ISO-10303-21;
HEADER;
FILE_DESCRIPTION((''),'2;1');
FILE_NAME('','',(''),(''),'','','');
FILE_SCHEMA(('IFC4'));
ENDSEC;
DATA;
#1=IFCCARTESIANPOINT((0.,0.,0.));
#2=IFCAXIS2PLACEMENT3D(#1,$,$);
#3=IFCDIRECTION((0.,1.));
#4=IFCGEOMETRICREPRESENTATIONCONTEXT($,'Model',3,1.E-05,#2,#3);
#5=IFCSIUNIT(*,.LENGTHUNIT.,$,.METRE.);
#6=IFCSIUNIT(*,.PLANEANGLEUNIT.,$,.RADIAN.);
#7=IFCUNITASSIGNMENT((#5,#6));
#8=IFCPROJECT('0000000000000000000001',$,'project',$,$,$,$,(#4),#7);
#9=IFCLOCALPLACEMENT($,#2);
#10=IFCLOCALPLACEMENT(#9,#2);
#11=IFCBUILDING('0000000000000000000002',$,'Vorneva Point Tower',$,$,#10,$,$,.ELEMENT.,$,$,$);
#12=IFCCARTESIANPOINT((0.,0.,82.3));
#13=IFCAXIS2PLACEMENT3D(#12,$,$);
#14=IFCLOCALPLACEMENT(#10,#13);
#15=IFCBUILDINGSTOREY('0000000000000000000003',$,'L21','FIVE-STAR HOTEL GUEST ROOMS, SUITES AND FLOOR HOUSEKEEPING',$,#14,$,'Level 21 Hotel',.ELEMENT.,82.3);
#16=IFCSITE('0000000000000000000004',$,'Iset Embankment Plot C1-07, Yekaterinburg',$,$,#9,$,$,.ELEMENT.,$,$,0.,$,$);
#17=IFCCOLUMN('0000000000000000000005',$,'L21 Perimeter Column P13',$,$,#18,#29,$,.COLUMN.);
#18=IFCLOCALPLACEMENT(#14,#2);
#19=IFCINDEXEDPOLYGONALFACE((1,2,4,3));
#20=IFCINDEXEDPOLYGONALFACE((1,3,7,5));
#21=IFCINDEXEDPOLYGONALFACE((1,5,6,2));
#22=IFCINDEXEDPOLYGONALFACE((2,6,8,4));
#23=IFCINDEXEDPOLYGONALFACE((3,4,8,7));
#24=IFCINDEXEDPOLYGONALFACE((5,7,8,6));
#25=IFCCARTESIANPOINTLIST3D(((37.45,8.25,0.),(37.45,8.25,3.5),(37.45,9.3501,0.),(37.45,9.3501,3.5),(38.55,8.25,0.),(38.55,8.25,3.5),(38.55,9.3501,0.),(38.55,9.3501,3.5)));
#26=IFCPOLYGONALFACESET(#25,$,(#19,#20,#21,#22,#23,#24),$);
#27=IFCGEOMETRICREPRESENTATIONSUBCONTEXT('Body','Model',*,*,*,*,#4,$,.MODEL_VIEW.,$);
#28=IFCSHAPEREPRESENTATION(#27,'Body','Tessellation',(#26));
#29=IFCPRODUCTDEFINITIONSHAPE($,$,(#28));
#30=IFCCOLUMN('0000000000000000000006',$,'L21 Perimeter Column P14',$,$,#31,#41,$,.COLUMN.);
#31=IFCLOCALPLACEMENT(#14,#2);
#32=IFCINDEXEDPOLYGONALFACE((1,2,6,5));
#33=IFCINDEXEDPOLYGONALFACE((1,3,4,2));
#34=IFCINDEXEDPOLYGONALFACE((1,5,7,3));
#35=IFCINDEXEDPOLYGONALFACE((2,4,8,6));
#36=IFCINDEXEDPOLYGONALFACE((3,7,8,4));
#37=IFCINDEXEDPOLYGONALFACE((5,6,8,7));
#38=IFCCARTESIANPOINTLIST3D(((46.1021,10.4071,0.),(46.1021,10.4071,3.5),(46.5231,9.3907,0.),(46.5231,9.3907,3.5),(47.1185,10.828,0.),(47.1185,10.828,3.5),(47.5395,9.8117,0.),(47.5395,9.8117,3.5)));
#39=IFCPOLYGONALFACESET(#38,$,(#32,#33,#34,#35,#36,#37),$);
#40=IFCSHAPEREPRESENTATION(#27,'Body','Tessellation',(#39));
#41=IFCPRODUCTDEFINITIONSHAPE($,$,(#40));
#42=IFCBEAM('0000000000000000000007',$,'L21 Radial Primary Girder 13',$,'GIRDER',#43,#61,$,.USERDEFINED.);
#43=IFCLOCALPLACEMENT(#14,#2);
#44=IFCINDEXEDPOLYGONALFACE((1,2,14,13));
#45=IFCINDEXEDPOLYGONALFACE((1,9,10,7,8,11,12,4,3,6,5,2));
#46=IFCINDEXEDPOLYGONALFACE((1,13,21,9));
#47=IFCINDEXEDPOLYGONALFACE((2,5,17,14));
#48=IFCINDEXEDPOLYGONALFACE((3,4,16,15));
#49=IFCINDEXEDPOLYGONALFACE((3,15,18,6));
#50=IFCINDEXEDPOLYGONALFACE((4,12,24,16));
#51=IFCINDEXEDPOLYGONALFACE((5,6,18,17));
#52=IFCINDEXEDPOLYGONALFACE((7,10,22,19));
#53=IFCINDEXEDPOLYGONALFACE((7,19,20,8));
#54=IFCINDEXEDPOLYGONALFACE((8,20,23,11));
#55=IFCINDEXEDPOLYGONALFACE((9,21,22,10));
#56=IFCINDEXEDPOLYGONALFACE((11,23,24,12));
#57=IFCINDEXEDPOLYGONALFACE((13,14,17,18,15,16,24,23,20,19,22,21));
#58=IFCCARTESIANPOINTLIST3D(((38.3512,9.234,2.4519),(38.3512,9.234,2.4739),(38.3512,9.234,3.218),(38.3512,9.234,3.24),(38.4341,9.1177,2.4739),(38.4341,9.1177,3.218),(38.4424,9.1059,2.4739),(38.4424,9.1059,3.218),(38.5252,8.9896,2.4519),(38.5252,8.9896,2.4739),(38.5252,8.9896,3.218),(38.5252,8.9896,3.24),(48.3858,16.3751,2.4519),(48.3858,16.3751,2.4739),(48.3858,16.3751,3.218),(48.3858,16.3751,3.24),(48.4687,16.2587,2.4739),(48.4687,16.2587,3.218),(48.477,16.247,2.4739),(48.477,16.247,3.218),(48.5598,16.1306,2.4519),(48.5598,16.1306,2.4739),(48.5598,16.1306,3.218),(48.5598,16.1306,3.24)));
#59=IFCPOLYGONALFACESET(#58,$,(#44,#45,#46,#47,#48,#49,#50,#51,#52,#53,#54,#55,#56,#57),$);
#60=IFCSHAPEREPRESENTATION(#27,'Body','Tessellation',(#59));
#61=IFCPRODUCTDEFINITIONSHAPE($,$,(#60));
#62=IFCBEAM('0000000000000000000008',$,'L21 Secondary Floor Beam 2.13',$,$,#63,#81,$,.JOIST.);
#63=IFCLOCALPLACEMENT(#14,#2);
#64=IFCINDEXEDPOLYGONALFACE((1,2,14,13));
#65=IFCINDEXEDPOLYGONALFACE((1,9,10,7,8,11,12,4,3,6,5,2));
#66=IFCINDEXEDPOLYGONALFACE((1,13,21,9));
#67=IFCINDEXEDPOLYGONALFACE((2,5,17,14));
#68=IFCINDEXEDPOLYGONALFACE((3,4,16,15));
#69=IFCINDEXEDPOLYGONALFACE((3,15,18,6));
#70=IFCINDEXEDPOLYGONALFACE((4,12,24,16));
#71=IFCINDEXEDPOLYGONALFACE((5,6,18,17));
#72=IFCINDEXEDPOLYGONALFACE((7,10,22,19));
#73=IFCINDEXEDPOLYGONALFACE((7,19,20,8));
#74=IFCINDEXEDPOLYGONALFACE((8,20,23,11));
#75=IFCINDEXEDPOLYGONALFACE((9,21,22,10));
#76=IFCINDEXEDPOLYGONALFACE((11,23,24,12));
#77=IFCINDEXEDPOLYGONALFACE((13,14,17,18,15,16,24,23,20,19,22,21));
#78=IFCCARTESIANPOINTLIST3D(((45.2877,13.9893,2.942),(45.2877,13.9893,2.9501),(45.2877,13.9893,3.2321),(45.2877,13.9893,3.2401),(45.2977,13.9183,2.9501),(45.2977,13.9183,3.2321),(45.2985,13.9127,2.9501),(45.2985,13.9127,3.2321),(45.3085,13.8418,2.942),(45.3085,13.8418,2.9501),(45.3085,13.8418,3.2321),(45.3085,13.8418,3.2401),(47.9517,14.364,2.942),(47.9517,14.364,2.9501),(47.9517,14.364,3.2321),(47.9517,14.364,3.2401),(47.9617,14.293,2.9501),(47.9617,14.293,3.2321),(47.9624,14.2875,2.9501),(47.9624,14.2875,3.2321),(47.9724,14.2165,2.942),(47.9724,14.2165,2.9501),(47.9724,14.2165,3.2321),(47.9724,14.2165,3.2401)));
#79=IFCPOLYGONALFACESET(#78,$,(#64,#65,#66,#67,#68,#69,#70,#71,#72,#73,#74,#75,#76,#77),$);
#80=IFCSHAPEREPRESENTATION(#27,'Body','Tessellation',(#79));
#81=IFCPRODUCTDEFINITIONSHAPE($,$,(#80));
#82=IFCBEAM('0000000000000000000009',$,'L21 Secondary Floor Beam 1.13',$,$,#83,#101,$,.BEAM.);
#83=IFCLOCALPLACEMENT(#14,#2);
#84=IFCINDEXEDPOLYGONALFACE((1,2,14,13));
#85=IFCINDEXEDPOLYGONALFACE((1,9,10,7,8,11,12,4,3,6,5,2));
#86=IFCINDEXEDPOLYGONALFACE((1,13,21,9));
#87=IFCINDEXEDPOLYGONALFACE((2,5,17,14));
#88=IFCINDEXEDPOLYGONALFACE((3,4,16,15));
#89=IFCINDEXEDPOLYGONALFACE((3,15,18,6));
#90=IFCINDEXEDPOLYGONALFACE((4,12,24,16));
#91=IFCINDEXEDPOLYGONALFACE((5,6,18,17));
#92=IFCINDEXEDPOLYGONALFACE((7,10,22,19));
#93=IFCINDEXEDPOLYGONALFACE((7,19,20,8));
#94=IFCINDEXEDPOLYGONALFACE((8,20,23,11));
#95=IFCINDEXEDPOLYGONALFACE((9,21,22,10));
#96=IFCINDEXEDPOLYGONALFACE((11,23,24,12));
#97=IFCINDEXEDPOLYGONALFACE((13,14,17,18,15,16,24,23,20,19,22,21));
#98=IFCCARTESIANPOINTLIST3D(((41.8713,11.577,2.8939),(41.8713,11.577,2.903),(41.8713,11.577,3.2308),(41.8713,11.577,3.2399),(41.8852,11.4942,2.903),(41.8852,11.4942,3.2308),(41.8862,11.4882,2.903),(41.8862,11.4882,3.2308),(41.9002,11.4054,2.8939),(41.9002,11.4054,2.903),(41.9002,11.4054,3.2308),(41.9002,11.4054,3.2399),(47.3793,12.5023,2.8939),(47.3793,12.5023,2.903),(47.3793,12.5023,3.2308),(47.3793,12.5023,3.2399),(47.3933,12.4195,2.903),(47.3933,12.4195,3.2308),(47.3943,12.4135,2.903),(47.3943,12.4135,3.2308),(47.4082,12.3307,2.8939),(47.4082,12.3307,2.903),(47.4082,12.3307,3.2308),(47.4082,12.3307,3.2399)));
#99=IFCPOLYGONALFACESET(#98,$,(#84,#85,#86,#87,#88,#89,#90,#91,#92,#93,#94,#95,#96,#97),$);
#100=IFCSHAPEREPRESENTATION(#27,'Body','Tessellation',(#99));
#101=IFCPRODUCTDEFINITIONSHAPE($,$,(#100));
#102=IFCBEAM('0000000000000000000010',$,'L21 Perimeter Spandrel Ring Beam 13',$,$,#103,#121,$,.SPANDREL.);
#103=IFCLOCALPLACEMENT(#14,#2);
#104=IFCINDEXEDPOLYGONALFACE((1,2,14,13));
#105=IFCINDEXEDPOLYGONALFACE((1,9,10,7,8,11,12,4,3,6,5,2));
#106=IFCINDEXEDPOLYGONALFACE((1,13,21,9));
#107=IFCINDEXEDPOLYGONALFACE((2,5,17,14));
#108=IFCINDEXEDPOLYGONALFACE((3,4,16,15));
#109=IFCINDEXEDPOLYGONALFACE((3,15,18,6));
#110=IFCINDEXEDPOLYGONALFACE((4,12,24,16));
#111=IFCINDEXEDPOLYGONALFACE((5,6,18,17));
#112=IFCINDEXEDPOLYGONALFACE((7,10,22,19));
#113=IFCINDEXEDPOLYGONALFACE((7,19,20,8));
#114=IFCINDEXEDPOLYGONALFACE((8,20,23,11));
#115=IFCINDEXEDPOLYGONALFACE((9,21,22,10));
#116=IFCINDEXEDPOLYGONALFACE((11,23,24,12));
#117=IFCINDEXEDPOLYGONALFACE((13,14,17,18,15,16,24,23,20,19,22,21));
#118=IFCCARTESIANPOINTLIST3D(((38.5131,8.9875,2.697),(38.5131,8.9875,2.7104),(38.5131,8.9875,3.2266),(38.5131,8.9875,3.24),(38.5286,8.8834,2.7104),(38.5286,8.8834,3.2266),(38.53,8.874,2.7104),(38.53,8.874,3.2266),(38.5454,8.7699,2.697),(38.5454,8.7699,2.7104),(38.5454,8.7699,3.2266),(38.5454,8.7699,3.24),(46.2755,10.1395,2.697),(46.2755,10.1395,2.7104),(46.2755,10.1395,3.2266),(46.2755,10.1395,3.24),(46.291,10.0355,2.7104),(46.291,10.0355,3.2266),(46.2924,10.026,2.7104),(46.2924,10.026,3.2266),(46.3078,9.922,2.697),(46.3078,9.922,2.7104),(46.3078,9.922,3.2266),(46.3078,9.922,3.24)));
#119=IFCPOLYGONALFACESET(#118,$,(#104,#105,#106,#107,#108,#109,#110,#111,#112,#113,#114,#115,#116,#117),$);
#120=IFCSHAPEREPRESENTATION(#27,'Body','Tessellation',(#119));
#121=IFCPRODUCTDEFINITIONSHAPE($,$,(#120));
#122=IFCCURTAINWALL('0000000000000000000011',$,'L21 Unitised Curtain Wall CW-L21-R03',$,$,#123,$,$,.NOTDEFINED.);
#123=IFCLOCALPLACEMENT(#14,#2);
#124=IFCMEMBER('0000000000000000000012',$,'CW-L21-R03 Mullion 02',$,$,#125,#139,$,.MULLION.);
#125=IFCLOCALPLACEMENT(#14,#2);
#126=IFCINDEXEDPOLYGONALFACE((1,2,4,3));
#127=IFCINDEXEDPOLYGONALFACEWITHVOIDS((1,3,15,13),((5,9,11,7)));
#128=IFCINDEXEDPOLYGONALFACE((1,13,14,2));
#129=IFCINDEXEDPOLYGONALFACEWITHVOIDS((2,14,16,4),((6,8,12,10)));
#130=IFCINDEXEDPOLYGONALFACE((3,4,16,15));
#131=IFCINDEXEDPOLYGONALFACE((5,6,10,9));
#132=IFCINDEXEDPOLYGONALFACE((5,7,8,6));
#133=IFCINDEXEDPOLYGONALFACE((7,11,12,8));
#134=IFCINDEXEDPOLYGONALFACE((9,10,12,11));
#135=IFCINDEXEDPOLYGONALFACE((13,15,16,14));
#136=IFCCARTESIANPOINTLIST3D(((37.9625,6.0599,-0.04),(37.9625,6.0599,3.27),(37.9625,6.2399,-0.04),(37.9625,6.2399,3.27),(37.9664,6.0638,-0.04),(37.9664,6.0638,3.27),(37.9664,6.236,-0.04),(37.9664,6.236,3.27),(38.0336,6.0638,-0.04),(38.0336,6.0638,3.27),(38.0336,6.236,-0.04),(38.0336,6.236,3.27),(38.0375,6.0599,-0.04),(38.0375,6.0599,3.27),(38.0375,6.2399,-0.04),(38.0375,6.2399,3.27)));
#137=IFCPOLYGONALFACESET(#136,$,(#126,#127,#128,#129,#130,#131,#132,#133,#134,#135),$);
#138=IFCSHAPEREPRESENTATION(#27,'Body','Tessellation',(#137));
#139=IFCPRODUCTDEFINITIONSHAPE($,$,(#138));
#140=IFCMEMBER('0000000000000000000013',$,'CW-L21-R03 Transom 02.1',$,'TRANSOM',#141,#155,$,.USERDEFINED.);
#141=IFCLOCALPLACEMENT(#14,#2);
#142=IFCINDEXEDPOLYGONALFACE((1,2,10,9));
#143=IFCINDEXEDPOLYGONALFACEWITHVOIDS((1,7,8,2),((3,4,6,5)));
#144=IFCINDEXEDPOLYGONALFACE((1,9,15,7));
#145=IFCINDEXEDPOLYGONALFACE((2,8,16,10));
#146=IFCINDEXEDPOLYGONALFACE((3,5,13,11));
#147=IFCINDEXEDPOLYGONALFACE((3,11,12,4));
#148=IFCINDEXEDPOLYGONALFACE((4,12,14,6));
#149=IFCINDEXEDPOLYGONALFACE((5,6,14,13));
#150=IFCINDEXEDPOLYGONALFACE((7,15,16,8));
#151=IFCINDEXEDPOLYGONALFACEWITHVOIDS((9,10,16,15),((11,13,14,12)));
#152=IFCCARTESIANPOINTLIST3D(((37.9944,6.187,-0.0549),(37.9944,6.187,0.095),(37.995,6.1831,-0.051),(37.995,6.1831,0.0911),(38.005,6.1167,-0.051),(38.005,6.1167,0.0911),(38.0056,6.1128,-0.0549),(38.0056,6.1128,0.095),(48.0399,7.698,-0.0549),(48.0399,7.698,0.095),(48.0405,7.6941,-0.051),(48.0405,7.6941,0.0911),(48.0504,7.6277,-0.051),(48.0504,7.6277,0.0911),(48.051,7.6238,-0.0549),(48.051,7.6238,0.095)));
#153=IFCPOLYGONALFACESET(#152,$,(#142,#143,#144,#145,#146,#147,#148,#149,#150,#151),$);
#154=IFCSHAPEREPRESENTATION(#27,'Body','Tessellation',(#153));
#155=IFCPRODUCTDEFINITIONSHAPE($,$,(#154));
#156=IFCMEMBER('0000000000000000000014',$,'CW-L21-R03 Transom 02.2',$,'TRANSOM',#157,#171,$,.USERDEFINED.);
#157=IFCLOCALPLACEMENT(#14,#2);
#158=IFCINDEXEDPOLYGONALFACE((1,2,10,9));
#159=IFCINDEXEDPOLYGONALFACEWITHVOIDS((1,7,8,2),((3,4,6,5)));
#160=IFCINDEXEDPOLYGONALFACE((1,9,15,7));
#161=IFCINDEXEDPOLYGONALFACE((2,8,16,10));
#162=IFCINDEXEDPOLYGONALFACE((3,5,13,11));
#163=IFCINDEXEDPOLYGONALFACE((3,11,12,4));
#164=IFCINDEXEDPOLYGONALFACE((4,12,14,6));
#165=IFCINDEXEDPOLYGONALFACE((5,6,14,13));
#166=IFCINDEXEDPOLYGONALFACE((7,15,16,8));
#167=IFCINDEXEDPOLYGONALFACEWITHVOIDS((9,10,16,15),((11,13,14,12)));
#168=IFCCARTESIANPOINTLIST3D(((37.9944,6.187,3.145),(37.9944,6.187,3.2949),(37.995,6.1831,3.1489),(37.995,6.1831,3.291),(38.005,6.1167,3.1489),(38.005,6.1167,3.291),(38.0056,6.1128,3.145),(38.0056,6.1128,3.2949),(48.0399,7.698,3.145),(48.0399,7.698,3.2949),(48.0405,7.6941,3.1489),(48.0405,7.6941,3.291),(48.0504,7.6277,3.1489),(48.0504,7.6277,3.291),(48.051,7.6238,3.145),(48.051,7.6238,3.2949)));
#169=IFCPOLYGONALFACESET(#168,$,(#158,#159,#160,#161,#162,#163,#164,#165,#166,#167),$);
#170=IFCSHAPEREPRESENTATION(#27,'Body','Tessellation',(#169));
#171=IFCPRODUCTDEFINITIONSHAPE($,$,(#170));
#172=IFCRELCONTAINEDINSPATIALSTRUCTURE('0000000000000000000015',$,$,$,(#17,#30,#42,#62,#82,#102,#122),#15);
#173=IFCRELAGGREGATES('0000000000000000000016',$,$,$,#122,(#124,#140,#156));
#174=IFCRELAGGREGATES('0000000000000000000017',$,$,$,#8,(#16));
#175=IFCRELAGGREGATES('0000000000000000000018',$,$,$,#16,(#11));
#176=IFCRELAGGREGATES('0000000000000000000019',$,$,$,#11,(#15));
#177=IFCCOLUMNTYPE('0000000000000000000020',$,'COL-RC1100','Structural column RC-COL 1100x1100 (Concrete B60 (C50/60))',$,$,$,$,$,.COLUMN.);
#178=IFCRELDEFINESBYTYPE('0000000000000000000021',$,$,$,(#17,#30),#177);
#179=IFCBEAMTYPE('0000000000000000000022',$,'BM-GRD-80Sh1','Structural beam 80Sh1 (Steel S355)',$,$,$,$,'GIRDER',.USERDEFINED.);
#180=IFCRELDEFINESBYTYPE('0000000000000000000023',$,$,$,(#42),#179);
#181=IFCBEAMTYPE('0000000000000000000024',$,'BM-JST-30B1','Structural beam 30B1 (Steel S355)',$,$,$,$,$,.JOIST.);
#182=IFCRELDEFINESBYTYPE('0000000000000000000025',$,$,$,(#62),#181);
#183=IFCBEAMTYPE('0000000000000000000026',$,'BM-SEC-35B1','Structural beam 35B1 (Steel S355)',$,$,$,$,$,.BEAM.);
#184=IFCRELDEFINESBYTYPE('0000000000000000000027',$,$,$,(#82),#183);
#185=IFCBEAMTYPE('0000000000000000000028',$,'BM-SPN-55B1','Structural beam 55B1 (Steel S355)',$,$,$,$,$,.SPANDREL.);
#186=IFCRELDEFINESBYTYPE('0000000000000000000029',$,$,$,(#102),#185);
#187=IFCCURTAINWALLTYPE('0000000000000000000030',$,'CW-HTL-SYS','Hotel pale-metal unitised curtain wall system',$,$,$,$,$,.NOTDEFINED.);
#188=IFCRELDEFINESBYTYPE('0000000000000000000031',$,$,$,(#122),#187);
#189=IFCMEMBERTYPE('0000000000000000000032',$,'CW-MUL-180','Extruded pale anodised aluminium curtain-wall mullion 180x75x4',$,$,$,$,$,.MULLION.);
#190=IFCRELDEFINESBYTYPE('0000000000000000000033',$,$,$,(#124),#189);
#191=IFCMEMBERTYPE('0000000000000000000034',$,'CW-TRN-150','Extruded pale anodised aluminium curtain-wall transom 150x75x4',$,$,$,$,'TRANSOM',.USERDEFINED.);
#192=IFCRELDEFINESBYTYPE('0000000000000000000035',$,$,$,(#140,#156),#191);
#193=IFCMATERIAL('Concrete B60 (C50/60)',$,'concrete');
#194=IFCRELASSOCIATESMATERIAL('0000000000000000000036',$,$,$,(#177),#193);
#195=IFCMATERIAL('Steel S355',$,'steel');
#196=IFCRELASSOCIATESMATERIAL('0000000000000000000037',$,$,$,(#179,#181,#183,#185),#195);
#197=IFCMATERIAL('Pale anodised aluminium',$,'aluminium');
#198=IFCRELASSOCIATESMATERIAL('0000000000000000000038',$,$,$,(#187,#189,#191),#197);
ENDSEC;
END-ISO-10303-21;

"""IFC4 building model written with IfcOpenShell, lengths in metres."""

from ifc_helpers import new_model, si_unit, direction, frame, origin, origin_2d, place, context, subcontext, project, spatial, rectangle, hollow_rectangle, i_section, extrude, material, material_profile, profile_set, type_object, element, aggregate, save


model = new_model("IFC4")

# Units and contexts
model_context = context("Model", 3, precision=1e-05, world=origin(), true_north=direction((0.0, 1.0)))
body_context = subcontext(model_context, "Body", "Model", "MODEL_VIEW")
ifc_project = project(units=[si_unit("LENGTHUNIT", "METRE"), si_unit("PLANEANGLEUNIT", "RADIAN")], contexts=[model_context])

# Site, building, storey
site_placement = place(None, origin())
site = spatial("IfcSite", under=ifc_project, at=site_placement, Name="Iset Embankment Plot C1-07, Yekaterinburg", CompositionType="ELEMENT", RefElevation=0.0)
building_placement = place(site_placement, origin())
building = spatial("IfcBuilding", under=site, at=building_placement, Name="Vorneva Point Tower", CompositionType="ELEMENT")
storey_placement = place(building_placement, frame((0.0, 0.0, 82.3)))
storey = spatial("IfcBuildingStorey", under=building, at=storey_placement, Name="L21", Description="FIVE-STAR HOTEL GUEST ROOMS, SUITES AND FLOOR HOUSEKEEPING", LongName="Level 21 Hotel", CompositionType="ELEMENT", Elevation=82.3)

# Columns
ifc_material_1 = material(Name="Concrete B60 (C50/60)", Category="concrete")
ifc_material_profile_1 = material_profile(ifc_material_1, rectangle(XDim=1.1001, YDim=1.1001, at=origin_2d()), Name="RC-COL 1100x1100")
ifc_profile_set_1 = profile_set([ifc_material_profile_1], Name="Concrete B60 (C50/60)")
column_type = type_object("IfcColumnType", Name="COL-RC1100", Description="Structural column RC-COL 1100x1100 (Concrete B60 (C50/60))", PredefinedType="COLUMN", material=ifc_profile_set_1)
for number, where, z_axis, x_axis, name in (
    (1, (38.0, 8.8, 0.0), (0.0, 0.0, 1.0), (0.0, -1.0, 0.0), "L21 Perimeter Column P13"),
    (2, (46.8208, 10.1094, 0.0), (0.0, 0.0, 1.0), (0.382683, -0.92388, 0.0), "L21 Perimeter Column P14"),
):
    element("IfcColumn", number, at=place(storey_placement, frame(where, z_axis=z_axis, x_axis=x_axis)), inside=storey, type_object=column_type, Name=name, PredefinedType="COLUMN", context=body_context, shape_type="SweptSolid", body=[
        extrude(rectangle(XDim=1.1001, YDim=1.1001, at=origin_2d()), origin(), (0.0, 0.0, 1.0), 3.5),
    ])

# Beams
ifc_material_2 = material(Name="Steel S355", Category="steel")
ifc_material_profile_2 = material_profile(ifc_material_2, i_section(OverallWidth=0.3, OverallDepth=0.7881, WebThickness=0.0144, FlangeThickness=0.022, at=origin_2d()), Name="80Sh1")
ifc_profile_set_2 = profile_set([ifc_material_profile_2], Name="Steel S355")
beam_type_1 = type_object("IfcBeamType", Name="BM-GRD-80Sh1", Description="Structural beam 80Sh1 (Steel S355)", ElementType="GIRDER", PredefinedType="USERDEFINED", material=ifc_profile_set_2)
beam_1_placement = place(storey_placement, frame((38.4382, 9.1118, 2.8459), z_axis=(0.81475, 0.579812, 0.0), x_axis=(-0.579812, 0.81475, 0.0)))
element("IfcBeam", 3, at=beam_1_placement, inside=storey, type_object=beam_type_1, Name="L21 Radial Primary Girder 13", ObjectType="GIRDER", PredefinedType="USERDEFINED", context=body_context, shape_type="SweptSolid", body=[
    extrude(i_section(OverallWidth=0.3, OverallDepth=0.7881, WebThickness=0.0144, FlangeThickness=0.022, at=origin_2d()), origin(), (0.0, 0.0, 1.0), 12.3162),
])
ifc_material_profile_3 = material_profile(ifc_material_2, i_section(OverallWidth=0.1489, OverallDepth=0.2981, WebThickness=0.0056, FlangeThickness=0.0081, at=origin_2d()), Name="30B1")
ifc_profile_set_3 = profile_set([ifc_material_profile_3], Name="Steel S355")
beam_type_2 = type_object("IfcBeamType", Name="BM-JST-30B1", Description="Structural beam 30B1 (Steel S355)", PredefinedType="JOIST", material=ifc_profile_set_3)
beam_2_placement = place(storey_placement, frame((45.2981, 13.9155, 3.0911), z_axis=(0.99025, 0.139299, 0.0), x_axis=(-0.139299, 0.99025, 0.0)))
element("IfcBeam", 4, at=beam_2_placement, inside=storey, type_object=beam_type_2, Name="L21 Secondary Floor Beam 2.13", PredefinedType="JOIST", context=body_context, shape_type="SweptSolid", body=[
    extrude(i_section(OverallWidth=0.1489, OverallDepth=0.2981, WebThickness=0.0056, FlangeThickness=0.0081, at=origin_2d()), origin(), (0.0, 0.0, 1.0), 2.6902),
])
ifc_material_profile_4 = material_profile(ifc_material_2, i_section(OverallWidth=0.1741, OverallDepth=0.3459, WebThickness=0.0061, FlangeThickness=0.009, at=origin_2d()), Name="35B1")
ifc_profile_set_4 = profile_set([ifc_material_profile_4], Name="Steel S355")
beam_type_3 = type_object("IfcBeamType", Name="BM-SEC-35B1", Description="Structural beam 35B1 (Steel S355)", PredefinedType="BEAM", material=ifc_profile_set_4)
beam_3_placement = place(storey_placement, frame((41.8857, 11.4912, 3.0669), z_axis=(0.986182, 0.165668, 0.0), x_axis=(-0.165668, 0.986182, 0.0)))
element("IfcBeam", 5, at=beam_3_placement, inside=storey, type_object=beam_type_3, Name="L21 Secondary Floor Beam 1.13", PredefinedType="BEAM", context=body_context, shape_type="SweptSolid", body=[
    extrude(i_section(OverallWidth=0.1741, OverallDepth=0.3459, WebThickness=0.0061, FlangeThickness=0.009, at=origin_2d()), origin(), (0.0, 0.0, 1.0), 5.5852),
])
ifc_material_profile_5 = material_profile(ifc_material_2, i_section(OverallWidth=0.22, OverallDepth=0.543, WebThickness=0.0095, FlangeThickness=0.0134, at=origin_2d()), Name="55B1")
ifc_profile_set_5 = profile_set([ifc_material_profile_5], Name="Steel S355")
beam_type_4 = type_object("IfcBeamType", Name="BM-SPN-55B1", Description="Structural beam 55B1 (Steel S355)", PredefinedType="SPANDREL", material=ifc_profile_set_5)
beam_4_placement = place(storey_placement, frame((38.5293, 8.8787, 2.9685), z_axis=(0.989165, 0.146811, 0.0), x_axis=(-0.146811, 0.989165, 0.0)))
element("IfcBeam", 6, at=beam_4_placement, inside=storey, type_object=beam_type_4, Name="L21 Perimeter Spandrel Ring Beam 13", PredefinedType="SPANDREL", context=body_context, shape_type="SweptSolid", body=[
    extrude(i_section(OverallWidth=0.22, OverallDepth=0.543, WebThickness=0.0095, FlangeThickness=0.0134, at=origin_2d()), origin(), (0.0, 0.0, 1.0), 7.8474),
])

# Curtain wall, members
ifc_material_3 = material(Name="Pale anodised aluminium", Category="aluminium")
curtain_wall_type = type_object("IfcCurtainWallType", Name="CW-HTL-SYS", Description="Hotel pale-metal unitised curtain wall system", PredefinedType="NOTDEFINED", material=ifc_material_3)
curtain_wall_placement = place(storey_placement, origin())
curtain_wall = element("IfcCurtainWall", 7, at=curtain_wall_placement, inside=storey, type_object=curtain_wall_type, Name="L21 Unitised Curtain Wall CW-L21-R03", PredefinedType="NOTDEFINED")
ifc_material_profile_6 = material_profile(ifc_material_3, hollow_rectangle(XDim=0.075, YDim=0.1799, WallThickness=0.0039, at=origin_2d()), Name="AL-MUL 180x75x4")
ifc_profile_set_6 = profile_set([ifc_material_profile_6], Name="Pale anodised aluminium")
member_type_1 = type_object("IfcMemberType", Name="CW-MUL-180", Description="Extruded pale anodised aluminium curtain-wall mullion 180x75x4", PredefinedType="MULLION", material=ifc_profile_set_6)
member_1_placement = place(storey_placement, frame((38.0, 6.1499, -0.04), z_axis=(0.0, 0.0, 1.0), x_axis=(1.0, 0.0, 0.0)))
member_1 = element("IfcMember", 8, at=member_1_placement, type_object=member_type_1, Name="CW-L21-R03 Mullion 02", PredefinedType="MULLION", context=body_context, shape_type="SweptSolid", body=[
    extrude(hollow_rectangle(XDim=0.075, YDim=0.1799, WallThickness=0.0039, at=origin_2d()), origin(), (0.0, 0.0, 1.0), 3.3101),
])
ifc_material_profile_7 = material_profile(ifc_material_3, hollow_rectangle(XDim=0.075, YDim=0.1499, WallThickness=0.0039, at=origin_2d()), Name="AL-TRN 150x75x4")
ifc_profile_set_7 = profile_set([ifc_material_profile_7], Name="Pale anodised aluminium")
member_type_2 = type_object("IfcMemberType", Name="CW-TRN-150", Description="Extruded pale anodised aluminium curtain-wall transom 150x75x4", ElementType="TRANSOM", PredefinedType="USERDEFINED", material=ifc_profile_set_7)
member_2_placement = place(storey_placement, frame((38.0, 6.1499, 0.02), z_axis=(0.988876, 0.148742, 0.0), x_axis=(-0.148742, 0.988876, 0.0)))
member_2 = element("IfcMember", 9, at=member_2_placement, type_object=member_type_2, Name="CW-L21-R03 Transom 02.1", ObjectType="TRANSOM", PredefinedType="USERDEFINED", context=body_context, shape_type="SweptSolid", body=[
    extrude(hollow_rectangle(XDim=0.075, YDim=0.1499, WallThickness=0.0039, at=origin_2d()), origin(), (0.0, 0.0, 1.0), 10.1584),
])
member_3_placement = place(storey_placement, frame((38.0, 6.1499, 3.22), z_axis=(0.988876, 0.148742, 0.0), x_axis=(-0.148742, 0.988876, 0.0)))
member_3 = element("IfcMember", 10, at=member_3_placement, type_object=member_type_2, Name="CW-L21-R03 Transom 02.2", ObjectType="TRANSOM", PredefinedType="USERDEFINED", context=body_context, shape_type="SweptSolid", body=[
    extrude(hollow_rectangle(XDim=0.075, YDim=0.1499, WallThickness=0.0039, at=origin_2d()), origin(), (0.0, 0.0, 1.0), 10.1584),
])
aggregate(curtain_wall, [member_1, member_2, member_3])

save(model, "model.ifc")
